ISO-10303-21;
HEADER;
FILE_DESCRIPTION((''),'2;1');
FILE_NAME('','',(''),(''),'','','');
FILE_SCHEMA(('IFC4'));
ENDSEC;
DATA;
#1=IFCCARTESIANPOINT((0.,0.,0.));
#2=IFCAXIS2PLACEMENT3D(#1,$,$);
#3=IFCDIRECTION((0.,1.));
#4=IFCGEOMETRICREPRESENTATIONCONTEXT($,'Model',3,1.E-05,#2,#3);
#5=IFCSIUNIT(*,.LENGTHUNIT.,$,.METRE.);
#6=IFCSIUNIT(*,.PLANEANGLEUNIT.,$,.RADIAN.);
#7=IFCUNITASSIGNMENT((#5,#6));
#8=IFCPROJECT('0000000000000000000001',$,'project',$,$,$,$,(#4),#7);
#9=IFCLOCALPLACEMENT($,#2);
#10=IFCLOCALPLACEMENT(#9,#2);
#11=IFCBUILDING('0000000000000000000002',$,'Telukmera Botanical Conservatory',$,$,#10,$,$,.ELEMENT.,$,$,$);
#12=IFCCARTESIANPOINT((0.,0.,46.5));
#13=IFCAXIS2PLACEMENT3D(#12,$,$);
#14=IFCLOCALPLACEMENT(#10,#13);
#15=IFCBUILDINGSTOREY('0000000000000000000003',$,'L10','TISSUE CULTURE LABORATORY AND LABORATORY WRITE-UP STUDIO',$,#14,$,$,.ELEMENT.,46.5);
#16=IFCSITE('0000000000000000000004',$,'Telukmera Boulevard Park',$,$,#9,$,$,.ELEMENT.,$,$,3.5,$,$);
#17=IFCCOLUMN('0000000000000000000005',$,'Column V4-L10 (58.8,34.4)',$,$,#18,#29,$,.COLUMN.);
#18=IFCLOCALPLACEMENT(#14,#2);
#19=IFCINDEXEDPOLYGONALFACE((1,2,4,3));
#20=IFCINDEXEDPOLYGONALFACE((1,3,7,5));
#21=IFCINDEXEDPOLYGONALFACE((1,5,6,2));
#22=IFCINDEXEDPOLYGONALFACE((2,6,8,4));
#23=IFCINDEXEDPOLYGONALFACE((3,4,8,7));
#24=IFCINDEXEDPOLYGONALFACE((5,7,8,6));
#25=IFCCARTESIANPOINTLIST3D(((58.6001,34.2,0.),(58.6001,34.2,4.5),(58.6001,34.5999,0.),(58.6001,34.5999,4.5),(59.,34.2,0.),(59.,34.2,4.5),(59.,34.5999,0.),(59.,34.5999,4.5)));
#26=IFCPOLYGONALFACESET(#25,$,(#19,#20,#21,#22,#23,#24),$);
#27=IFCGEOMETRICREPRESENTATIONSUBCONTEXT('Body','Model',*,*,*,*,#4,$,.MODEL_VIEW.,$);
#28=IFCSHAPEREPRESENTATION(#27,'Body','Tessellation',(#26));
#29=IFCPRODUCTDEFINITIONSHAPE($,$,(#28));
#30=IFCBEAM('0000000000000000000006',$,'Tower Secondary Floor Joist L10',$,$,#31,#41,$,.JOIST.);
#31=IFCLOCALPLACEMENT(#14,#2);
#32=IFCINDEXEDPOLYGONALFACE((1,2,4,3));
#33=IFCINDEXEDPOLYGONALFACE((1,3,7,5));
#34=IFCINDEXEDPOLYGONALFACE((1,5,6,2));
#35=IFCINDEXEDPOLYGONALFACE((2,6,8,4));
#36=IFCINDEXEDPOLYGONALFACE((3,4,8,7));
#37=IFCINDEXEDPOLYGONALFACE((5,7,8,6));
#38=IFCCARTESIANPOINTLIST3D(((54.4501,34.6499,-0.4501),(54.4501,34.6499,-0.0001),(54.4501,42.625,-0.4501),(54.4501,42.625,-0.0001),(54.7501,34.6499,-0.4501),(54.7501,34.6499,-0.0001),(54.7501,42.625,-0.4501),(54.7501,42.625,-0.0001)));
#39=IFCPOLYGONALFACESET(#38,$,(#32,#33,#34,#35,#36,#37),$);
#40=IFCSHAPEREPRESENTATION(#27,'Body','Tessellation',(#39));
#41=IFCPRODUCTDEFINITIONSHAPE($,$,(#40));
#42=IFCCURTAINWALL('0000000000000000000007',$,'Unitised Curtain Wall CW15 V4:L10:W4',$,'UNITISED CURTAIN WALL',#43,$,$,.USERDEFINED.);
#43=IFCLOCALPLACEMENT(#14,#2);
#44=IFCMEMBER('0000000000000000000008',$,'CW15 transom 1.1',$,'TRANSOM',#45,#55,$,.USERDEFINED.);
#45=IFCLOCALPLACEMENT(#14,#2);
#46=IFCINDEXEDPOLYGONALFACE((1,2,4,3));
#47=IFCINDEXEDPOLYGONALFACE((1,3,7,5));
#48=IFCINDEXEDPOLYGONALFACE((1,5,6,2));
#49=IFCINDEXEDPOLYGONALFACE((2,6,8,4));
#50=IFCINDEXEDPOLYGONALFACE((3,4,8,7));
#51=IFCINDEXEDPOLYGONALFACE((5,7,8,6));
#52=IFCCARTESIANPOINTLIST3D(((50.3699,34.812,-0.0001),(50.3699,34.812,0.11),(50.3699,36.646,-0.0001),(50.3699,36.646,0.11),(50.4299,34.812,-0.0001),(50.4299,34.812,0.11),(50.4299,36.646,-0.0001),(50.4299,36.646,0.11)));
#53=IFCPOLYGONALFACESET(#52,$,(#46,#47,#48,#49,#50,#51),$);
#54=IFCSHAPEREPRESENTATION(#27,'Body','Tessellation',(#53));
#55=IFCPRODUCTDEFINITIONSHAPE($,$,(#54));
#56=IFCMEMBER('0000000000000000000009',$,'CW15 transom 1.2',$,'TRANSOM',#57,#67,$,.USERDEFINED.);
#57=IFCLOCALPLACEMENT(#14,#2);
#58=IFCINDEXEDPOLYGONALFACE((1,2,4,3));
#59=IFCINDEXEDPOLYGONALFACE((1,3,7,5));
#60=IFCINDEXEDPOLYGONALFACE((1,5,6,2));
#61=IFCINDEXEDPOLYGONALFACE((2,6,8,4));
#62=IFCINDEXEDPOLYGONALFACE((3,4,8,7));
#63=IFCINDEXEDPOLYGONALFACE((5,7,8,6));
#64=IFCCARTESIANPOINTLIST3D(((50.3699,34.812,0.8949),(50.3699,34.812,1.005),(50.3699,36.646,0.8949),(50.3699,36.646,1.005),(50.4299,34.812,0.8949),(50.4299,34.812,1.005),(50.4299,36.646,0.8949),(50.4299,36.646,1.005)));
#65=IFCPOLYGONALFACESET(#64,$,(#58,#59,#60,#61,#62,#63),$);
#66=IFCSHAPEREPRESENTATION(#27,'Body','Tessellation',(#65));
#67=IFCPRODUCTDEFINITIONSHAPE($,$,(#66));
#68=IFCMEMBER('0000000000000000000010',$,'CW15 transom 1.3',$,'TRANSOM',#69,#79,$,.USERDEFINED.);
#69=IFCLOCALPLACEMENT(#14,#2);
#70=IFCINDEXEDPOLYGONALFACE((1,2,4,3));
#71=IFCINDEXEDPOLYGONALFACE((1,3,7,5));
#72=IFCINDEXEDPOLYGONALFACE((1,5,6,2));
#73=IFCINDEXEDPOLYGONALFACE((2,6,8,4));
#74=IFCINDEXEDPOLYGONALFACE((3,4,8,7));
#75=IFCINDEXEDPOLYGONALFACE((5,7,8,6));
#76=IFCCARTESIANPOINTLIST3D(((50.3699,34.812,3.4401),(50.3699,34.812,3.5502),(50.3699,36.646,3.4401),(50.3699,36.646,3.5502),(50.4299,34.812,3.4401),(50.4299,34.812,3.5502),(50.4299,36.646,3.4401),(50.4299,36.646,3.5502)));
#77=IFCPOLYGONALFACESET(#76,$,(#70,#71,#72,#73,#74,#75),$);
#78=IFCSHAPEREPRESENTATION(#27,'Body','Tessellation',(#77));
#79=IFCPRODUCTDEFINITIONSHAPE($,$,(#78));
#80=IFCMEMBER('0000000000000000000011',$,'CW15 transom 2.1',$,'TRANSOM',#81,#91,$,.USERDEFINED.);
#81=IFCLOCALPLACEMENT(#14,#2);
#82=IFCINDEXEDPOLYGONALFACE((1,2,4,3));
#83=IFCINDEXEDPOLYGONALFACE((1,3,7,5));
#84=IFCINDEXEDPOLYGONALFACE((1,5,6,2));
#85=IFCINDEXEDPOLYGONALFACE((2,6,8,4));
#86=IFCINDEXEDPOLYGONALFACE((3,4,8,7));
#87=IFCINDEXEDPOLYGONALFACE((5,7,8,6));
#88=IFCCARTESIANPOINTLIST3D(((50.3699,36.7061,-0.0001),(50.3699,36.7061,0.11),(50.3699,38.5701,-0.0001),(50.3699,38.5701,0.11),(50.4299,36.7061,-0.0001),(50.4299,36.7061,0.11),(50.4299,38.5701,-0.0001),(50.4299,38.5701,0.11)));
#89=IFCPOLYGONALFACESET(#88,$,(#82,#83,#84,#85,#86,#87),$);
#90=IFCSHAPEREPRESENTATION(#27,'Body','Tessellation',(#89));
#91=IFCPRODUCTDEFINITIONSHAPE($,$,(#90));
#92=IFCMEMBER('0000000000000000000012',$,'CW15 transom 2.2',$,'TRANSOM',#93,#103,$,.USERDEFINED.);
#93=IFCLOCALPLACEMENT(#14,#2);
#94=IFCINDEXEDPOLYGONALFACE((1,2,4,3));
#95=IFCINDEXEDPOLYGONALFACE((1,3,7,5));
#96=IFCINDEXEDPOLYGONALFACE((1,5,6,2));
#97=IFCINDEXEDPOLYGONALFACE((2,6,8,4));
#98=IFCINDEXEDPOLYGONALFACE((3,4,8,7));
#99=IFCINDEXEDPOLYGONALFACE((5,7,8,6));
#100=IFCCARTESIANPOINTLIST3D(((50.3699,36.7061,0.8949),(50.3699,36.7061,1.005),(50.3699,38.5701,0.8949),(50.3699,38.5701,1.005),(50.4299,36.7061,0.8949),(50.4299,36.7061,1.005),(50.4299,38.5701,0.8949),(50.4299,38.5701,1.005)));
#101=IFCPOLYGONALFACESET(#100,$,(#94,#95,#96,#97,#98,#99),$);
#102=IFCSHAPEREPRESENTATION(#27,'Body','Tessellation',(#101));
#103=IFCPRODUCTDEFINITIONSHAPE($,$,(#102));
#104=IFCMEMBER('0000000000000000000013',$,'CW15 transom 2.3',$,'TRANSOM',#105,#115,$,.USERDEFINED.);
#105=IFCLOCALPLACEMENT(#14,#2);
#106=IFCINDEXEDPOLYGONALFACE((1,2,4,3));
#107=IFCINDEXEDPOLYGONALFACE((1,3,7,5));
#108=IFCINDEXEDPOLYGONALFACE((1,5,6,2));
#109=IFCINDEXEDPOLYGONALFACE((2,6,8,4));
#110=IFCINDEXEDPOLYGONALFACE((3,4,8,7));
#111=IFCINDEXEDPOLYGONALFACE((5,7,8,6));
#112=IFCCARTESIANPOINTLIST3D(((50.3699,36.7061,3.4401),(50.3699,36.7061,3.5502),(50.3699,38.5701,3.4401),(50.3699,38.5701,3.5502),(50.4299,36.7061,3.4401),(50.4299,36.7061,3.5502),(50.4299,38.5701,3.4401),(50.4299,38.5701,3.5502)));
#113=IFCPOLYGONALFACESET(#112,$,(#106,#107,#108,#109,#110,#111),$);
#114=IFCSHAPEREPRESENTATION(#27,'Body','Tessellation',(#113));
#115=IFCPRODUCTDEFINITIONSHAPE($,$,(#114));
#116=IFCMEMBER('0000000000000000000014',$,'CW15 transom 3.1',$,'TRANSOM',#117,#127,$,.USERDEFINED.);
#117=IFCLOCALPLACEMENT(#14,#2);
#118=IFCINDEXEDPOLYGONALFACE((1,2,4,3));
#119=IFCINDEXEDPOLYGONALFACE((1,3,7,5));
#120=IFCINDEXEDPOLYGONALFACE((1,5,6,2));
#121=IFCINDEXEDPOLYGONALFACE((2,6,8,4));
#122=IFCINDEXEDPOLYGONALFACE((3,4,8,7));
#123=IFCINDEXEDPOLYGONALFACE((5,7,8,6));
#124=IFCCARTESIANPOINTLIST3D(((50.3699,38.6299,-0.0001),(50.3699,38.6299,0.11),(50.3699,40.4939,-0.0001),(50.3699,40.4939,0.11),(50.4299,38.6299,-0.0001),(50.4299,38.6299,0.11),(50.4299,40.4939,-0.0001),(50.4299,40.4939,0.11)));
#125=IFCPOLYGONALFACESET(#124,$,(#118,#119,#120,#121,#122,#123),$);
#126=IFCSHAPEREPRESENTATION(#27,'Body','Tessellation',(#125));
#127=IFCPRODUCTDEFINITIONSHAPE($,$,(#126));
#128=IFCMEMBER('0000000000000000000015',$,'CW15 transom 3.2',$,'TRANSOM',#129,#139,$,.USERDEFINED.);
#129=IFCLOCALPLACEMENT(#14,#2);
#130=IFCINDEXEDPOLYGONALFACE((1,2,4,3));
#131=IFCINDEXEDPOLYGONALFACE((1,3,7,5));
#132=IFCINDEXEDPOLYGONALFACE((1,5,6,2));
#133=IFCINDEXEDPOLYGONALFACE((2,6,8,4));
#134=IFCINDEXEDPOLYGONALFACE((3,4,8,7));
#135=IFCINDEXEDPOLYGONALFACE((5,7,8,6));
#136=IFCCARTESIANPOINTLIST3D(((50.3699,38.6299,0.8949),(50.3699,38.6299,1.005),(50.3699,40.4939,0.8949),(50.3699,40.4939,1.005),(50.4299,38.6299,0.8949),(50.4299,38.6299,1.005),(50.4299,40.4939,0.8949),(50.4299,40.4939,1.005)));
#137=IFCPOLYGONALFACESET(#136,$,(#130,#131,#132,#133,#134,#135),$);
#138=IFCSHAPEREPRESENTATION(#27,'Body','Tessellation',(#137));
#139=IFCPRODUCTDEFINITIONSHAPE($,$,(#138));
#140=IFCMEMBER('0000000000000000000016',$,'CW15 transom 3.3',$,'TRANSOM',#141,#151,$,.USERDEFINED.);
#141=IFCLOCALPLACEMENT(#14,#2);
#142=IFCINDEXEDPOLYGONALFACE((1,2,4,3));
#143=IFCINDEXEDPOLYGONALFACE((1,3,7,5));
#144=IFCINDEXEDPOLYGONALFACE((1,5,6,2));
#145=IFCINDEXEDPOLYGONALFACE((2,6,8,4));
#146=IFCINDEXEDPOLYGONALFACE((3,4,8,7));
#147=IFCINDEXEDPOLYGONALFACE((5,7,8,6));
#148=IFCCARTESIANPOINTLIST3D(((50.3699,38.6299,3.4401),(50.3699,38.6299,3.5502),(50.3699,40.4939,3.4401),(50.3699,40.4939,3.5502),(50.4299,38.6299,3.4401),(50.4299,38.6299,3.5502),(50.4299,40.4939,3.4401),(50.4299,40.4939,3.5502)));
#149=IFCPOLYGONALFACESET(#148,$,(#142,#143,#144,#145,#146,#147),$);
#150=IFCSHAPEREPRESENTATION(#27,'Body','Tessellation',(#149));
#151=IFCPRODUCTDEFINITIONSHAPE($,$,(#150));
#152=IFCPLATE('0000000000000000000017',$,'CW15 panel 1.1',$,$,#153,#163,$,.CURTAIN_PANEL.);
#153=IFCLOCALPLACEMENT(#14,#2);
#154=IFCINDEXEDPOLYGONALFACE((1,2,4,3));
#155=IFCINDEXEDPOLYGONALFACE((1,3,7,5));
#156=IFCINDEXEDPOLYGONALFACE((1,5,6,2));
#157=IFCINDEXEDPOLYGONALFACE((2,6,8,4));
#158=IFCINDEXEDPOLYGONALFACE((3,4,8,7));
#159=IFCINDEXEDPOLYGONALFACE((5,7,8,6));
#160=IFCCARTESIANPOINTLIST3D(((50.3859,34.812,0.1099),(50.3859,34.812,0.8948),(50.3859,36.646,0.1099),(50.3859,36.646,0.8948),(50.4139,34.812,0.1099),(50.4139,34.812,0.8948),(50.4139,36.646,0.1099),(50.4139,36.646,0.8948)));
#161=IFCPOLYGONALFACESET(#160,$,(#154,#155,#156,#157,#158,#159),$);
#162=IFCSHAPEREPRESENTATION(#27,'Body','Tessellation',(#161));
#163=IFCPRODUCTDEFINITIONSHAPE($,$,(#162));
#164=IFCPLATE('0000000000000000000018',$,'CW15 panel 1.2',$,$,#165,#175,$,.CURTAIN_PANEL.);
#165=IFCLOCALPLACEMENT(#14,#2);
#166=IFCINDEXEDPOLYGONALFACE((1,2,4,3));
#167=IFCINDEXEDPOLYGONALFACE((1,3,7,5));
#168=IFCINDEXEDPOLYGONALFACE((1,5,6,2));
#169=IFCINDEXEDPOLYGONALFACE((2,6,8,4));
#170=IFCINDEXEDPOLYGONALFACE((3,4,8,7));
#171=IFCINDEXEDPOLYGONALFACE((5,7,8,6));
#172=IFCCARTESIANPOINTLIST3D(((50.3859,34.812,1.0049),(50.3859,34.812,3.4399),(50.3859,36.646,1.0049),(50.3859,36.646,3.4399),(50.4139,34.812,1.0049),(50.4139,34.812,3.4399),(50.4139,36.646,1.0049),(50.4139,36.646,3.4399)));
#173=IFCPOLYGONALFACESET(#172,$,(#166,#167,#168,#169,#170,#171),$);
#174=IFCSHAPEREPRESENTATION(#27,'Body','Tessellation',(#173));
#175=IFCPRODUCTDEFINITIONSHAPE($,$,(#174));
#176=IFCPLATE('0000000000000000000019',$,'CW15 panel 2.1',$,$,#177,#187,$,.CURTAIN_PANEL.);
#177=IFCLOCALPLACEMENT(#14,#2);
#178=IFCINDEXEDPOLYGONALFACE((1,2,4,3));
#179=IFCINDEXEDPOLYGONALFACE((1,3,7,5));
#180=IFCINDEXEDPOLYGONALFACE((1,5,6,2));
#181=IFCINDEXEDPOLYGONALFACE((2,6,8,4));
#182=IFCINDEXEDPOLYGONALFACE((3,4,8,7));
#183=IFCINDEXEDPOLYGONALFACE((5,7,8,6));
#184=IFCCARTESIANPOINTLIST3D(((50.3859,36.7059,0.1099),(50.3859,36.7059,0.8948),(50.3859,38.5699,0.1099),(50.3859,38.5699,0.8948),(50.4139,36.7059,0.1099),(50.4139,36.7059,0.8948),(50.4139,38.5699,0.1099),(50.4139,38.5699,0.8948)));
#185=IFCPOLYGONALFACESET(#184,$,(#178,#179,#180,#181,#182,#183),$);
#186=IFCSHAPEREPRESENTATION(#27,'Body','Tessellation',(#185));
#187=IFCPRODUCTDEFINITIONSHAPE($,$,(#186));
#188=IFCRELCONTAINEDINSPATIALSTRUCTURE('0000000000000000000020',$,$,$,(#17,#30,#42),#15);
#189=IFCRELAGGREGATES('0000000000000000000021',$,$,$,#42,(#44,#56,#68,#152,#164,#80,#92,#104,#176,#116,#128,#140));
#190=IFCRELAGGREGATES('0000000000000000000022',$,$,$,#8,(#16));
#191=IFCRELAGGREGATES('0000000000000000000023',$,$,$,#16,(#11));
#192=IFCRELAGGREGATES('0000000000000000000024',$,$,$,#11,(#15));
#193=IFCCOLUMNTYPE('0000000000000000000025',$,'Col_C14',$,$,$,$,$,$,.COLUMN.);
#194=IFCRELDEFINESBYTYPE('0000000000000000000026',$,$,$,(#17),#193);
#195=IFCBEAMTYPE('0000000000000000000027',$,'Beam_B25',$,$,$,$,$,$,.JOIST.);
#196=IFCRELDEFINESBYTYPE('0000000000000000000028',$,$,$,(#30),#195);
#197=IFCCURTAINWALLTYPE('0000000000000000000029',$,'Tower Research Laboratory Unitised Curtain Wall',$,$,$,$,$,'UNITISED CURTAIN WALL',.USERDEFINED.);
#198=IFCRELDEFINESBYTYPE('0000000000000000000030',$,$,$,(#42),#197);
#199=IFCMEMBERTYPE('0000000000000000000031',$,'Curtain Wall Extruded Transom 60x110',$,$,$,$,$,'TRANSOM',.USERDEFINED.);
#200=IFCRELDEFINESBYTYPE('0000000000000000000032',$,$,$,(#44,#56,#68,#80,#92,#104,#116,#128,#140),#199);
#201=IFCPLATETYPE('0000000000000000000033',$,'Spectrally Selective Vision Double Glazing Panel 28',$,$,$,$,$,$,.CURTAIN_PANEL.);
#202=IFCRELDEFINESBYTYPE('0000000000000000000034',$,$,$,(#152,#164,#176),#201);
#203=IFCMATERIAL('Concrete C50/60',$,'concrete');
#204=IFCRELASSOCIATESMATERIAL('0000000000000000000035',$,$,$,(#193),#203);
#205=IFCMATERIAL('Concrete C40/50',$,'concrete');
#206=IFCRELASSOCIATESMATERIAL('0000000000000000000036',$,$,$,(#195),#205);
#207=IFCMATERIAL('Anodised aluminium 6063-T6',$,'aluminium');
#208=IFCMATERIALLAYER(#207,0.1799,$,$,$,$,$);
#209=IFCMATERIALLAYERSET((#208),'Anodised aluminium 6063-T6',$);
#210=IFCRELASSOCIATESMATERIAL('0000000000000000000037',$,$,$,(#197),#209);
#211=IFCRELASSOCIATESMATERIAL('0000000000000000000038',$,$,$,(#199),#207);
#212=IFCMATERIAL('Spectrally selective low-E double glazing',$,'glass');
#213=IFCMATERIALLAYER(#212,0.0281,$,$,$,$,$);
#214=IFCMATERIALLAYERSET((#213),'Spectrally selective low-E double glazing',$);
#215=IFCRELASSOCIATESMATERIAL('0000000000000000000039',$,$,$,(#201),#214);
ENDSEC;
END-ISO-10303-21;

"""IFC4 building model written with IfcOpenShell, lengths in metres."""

from ifc_helpers import new_model, si_unit, direction, frame, origin, origin_2d, place, context, subcontext, project, spatial, rectangle, extrude, material, layer, layer_set, material_profile, profile_set, type_object, element, aggregate, save


model = new_model("IFC4")

# Units and contexts
model_context = context("Model", 3, precision=1e-05, world=origin(), true_north=direction((0.0, 1.0)))
body_context = subcontext(model_context, "Body", "Model", "MODEL_VIEW")
ifc_project = project(units=[si_unit("LENGTHUNIT", "METRE"), si_unit("PLANEANGLEUNIT", "RADIAN")], contexts=[model_context])

# Site, building, storey
site_placement = place(None, origin())
site = spatial("IfcSite", under=ifc_project, at=site_placement, Name="Telukmera Boulevard Park", CompositionType="ELEMENT", RefElevation=3.5)
building_placement = place(site_placement, origin())
building = spatial("IfcBuilding", under=site, at=building_placement, Name="Telukmera Botanical Conservatory", CompositionType="ELEMENT")
storey_placement = place(building_placement, frame((0.0, 0.0, 46.5)))
storey = spatial("IfcBuildingStorey", under=building, at=storey_placement, Name="L10", Description="TISSUE CULTURE LABORATORY AND LABORATORY WRITE-UP STUDIO", CompositionType="ELEMENT", Elevation=46.5)

# Column
ifc_material_1 = material(Name="Concrete C50/60", Category="concrete")
ifc_material_profile_1 = material_profile(ifc_material_1, rectangle(XDim=0.3999, YDim=0.3999, at=origin_2d()), Name="RC 400x400")
ifc_profile_set_1 = profile_set([ifc_material_profile_1], Name="Concrete C50/60")
column_type = type_object("IfcColumnType", Name="Col_C14", PredefinedType="COLUMN", material=ifc_profile_set_1)
column_placement = place(storey_placement, frame((58.8, 34.3999, 0.0), z_axis=(0.0, 0.0, 1.0), x_axis=(1.0, 0.0, 0.0)))
element("IfcColumn", 1, at=column_placement, inside=storey, type_object=column_type, Name="Column V4-L10 (58.8,34.4)", PredefinedType="COLUMN", context=body_context, shape_type="SweptSolid", body=[
    extrude(rectangle(XDim=0.3999, YDim=0.3999, at=origin_2d()), origin(), (0.0, 0.0, 1.0), 4.5),
])

# Beam
ifc_material_2 = material(Name="Concrete C40/50", Category="concrete")
ifc_material_profile_2 = material_profile(ifc_material_2, rectangle(XDim=0.3, YDim=0.45, at=origin_2d()), Name="RC 300x450")
ifc_profile_set_2 = profile_set([ifc_material_profile_2], Name="Concrete C40/50")
beam_type = type_object("IfcBeamType", Name="Beam_B25", PredefinedType="JOIST", material=ifc_profile_set_2)
beam_placement = place(storey_placement, frame((54.6001, 34.6499, -0.2251), z_axis=(0.0, 1.0, 0.0), x_axis=(-1.0, 0.0, 0.0)))
element("IfcBeam", 2, at=beam_placement, inside=storey, type_object=beam_type, Name="Tower Secondary Floor Joist L10", PredefinedType="JOIST", context=body_context, shape_type="SweptSolid", body=[
    extrude(rectangle(XDim=0.3, YDim=0.45, at=origin_2d()), origin(), (0.0, 0.0, 1.0), 7.9751),
])

# Curtain wall, members, plates
ifc_material_3 = material(Name="Anodised aluminium 6063-T6", Category="aluminium")
ifc_layer_1 = layer(ifc_material_3, 0.1799)
ifc_layer_set_1 = layer_set([ifc_layer_1], Name="Anodised aluminium 6063-T6")
curtain_wall_type = type_object("IfcCurtainWallType", Name="Tower Research Laboratory Unitised Curtain Wall", ElementType="UNITISED CURTAIN WALL", PredefinedType="USERDEFINED", material=ifc_layer_set_1)
curtain_wall_placement = place(storey_placement, origin())
curtain_wall = element("IfcCurtainWall", 3, at=curtain_wall_placement, inside=storey, type_object=curtain_wall_type, Name="Unitised Curtain Wall CW15 V4:L10:W4", ObjectType="UNITISED CURTAIN WALL", PredefinedType="USERDEFINED")
ifc_material_profile_3 = material_profile(ifc_material_3, rectangle(XDim=0.0601, YDim=0.1101, at=origin_2d()), Name="ALU TRAN 60x110")
ifc_profile_set_3 = profile_set([ifc_material_profile_3], Name="Anodised aluminium 6063-T6")
member_type = type_object("IfcMemberType", Name="Curtain Wall Extruded Transom 60x110", ElementType="TRANSOM", PredefinedType="USERDEFINED", material=ifc_profile_set_3)
member_1_placement = place(storey_placement, frame((50.3999, 34.812, 0.0549), z_axis=(0.0, 1.0, 0.0), x_axis=(-1.0, 0.0, 0.0)))
member_1 = element("IfcMember", 4, at=member_1_placement, type_object=member_type, Name="CW15 transom 1.1", ObjectType="TRANSOM", PredefinedType="USERDEFINED", context=body_context, shape_type="SweptSolid", body=[
    extrude(rectangle(XDim=0.0601, YDim=0.1101, at=origin_2d()), origin(), (0.0, 0.0, 1.0), 1.834),
])
member_2_placement = place(storey_placement, frame((50.3999, 34.812, 0.95), z_axis=(0.0, 1.0, 0.0), x_axis=(-1.0, 0.0, 0.0)))
member_2 = element("IfcMember", 5, at=member_2_placement, type_object=member_type, Name="CW15 transom 1.2", ObjectType="TRANSOM", PredefinedType="USERDEFINED", context=body_context, shape_type="SweptSolid", body=[
    extrude(rectangle(XDim=0.0601, YDim=0.1101, at=origin_2d()), origin(), (0.0, 0.0, 1.0), 1.834),
])
member_3_placement = place(storey_placement, frame((50.3999, 34.812, 3.4951), z_axis=(0.0, 1.0, 0.0), x_axis=(-1.0, 0.0, 0.0)))
member_3 = element("IfcMember", 6, at=member_3_placement, type_object=member_type, Name="CW15 transom 1.3", ObjectType="TRANSOM", PredefinedType="USERDEFINED", context=body_context, shape_type="SweptSolid", body=[
    extrude(rectangle(XDim=0.0601, YDim=0.1101, at=origin_2d()), origin(), (0.0, 0.0, 1.0), 1.834),
])
member_4_placement = place(storey_placement, frame((50.3999, 36.7061, 0.0549), z_axis=(0.0, 1.0, 0.0), x_axis=(-1.0, 0.0, 0.0)))
member_4 = element("IfcMember", 7, at=member_4_placement, type_object=member_type, Name="CW15 transom 2.1", ObjectType="TRANSOM", PredefinedType="USERDEFINED", context=body_context, shape_type="SweptSolid", body=[
    extrude(rectangle(XDim=0.0601, YDim=0.1101, at=origin_2d()), origin(), (0.0, 0.0, 1.0), 1.864),
])
member_5_placement = place(storey_placement, frame((50.3999, 36.7061, 0.95), z_axis=(0.0, 1.0, 0.0), x_axis=(-1.0, 0.0, 0.0)))
member_5 = element("IfcMember", 8, at=member_5_placement, type_object=member_type, Name="CW15 transom 2.2", ObjectType="TRANSOM", PredefinedType="USERDEFINED", context=body_context, shape_type="SweptSolid", body=[
    extrude(rectangle(XDim=0.0601, YDim=0.1101, at=origin_2d()), origin(), (0.0, 0.0, 1.0), 1.864),
])
member_6_placement = place(storey_placement, frame((50.3999, 36.7061, 3.4951), z_axis=(0.0, 1.0, 0.0), x_axis=(-1.0, 0.0, 0.0)))
member_6 = element("IfcMember", 9, at=member_6_placement, type_object=member_type, Name="CW15 transom 2.3", ObjectType="TRANSOM", PredefinedType="USERDEFINED", context=body_context, shape_type="SweptSolid", body=[
    extrude(rectangle(XDim=0.0601, YDim=0.1101, at=origin_2d()), origin(), (0.0, 0.0, 1.0), 1.864),
])
member_7_placement = place(storey_placement, frame((50.3999, 38.6299, 0.0549), z_axis=(0.0, 1.0, 0.0), x_axis=(-1.0, 0.0, 0.0)))
member_7 = element("IfcMember", 10, at=member_7_placement, type_object=member_type, Name="CW15 transom 3.1", ObjectType="TRANSOM", PredefinedType="USERDEFINED", context=body_context, shape_type="SweptSolid", body=[
    extrude(rectangle(XDim=0.0601, YDim=0.1101, at=origin_2d()), origin(), (0.0, 0.0, 1.0), 1.864),
])
member_8_placement = place(storey_placement, frame((50.3999, 38.6299, 0.95), z_axis=(0.0, 1.0, 0.0), x_axis=(-1.0, 0.0, 0.0)))
member_8 = element("IfcMember", 11, at=member_8_placement, type_object=member_type, Name="CW15 transom 3.2", ObjectType="TRANSOM", PredefinedType="USERDEFINED", context=body_context, shape_type="SweptSolid", body=[
    extrude(rectangle(XDim=0.0601, YDim=0.1101, at=origin_2d()), origin(), (0.0, 0.0, 1.0), 1.864),
])
member_9_placement = place(storey_placement, frame((50.3999, 38.6299, 3.4951), z_axis=(0.0, 1.0, 0.0), x_axis=(-1.0, 0.0, 0.0)))
member_9 = element("IfcMember", 12, at=member_9_placement, type_object=member_type, Name="CW15 transom 3.3", ObjectType="TRANSOM", PredefinedType="USERDEFINED", context=body_context, shape_type="SweptSolid", body=[
    extrude(rectangle(XDim=0.0601, YDim=0.1101, at=origin_2d()), origin(), (0.0, 0.0, 1.0), 1.864),
])
ifc_material_4 = material(Name="Spectrally selective low-E double glazing", Category="glass")
ifc_layer_2 = layer(ifc_material_4, 0.0281)
ifc_layer_set_2 = layer_set([ifc_layer_2], Name="Spectrally selective low-E double glazing")
plate_type = type_object("IfcPlateType", Name="Spectrally Selective Vision Double Glazing Panel 28", PredefinedType="CURTAIN_PANEL", material=ifc_layer_set_2)
plate_1_placement = place(storey_placement, frame((50.3999, 35.729, 0.1099), z_axis=(0.0, 0.0, 1.0), x_axis=(0.0, 1.0, 0.0)))
plate_1 = element("IfcPlate", 13, at=plate_1_placement, type_object=plate_type, Name="CW15 panel 1.1", PredefinedType="CURTAIN_PANEL", context=body_context, shape_type="SweptSolid", body=[
    extrude(rectangle(XDim=1.834, YDim=0.0281, at=origin_2d()), origin(), (0.0, 0.0, 1.0), 0.7849),
])
plate_2_placement = place(storey_placement, frame((50.3999, 35.729, 1.0049), z_axis=(0.0, 0.0, 1.0), x_axis=(0.0, 1.0, 0.0)))
plate_2 = element("IfcPlate", 14, at=plate_2_placement, type_object=plate_type, Name="CW15 panel 1.2", PredefinedType="CURTAIN_PANEL", context=body_context, shape_type="SweptSolid", body=[
    extrude(rectangle(XDim=1.834, YDim=0.0281, at=origin_2d()), origin(), (0.0, 0.0, 1.0), 2.4351),
])
plate_3_placement = place(storey_placement, frame((50.3999, 37.6379, 0.1099), z_axis=(0.0, 0.0, 1.0), x_axis=(0.0, 1.0, 0.0)))
plate_3 = element("IfcPlate", 15, at=plate_3_placement, type_object=plate_type, Name="CW15 panel 2.1", PredefinedType="CURTAIN_PANEL", context=body_context, shape_type="SweptSolid", body=[
    extrude(rectangle(XDim=1.864, YDim=0.0281, at=origin_2d()), origin(), (0.0, 0.0, 1.0), 0.7849),
])
aggregate(curtain_wall, [member_1, member_2, member_3, plate_1, plate_2, member_4, member_5, member_6, plate_3, member_7, member_8, member_9])

save(model, "model.ifc")
